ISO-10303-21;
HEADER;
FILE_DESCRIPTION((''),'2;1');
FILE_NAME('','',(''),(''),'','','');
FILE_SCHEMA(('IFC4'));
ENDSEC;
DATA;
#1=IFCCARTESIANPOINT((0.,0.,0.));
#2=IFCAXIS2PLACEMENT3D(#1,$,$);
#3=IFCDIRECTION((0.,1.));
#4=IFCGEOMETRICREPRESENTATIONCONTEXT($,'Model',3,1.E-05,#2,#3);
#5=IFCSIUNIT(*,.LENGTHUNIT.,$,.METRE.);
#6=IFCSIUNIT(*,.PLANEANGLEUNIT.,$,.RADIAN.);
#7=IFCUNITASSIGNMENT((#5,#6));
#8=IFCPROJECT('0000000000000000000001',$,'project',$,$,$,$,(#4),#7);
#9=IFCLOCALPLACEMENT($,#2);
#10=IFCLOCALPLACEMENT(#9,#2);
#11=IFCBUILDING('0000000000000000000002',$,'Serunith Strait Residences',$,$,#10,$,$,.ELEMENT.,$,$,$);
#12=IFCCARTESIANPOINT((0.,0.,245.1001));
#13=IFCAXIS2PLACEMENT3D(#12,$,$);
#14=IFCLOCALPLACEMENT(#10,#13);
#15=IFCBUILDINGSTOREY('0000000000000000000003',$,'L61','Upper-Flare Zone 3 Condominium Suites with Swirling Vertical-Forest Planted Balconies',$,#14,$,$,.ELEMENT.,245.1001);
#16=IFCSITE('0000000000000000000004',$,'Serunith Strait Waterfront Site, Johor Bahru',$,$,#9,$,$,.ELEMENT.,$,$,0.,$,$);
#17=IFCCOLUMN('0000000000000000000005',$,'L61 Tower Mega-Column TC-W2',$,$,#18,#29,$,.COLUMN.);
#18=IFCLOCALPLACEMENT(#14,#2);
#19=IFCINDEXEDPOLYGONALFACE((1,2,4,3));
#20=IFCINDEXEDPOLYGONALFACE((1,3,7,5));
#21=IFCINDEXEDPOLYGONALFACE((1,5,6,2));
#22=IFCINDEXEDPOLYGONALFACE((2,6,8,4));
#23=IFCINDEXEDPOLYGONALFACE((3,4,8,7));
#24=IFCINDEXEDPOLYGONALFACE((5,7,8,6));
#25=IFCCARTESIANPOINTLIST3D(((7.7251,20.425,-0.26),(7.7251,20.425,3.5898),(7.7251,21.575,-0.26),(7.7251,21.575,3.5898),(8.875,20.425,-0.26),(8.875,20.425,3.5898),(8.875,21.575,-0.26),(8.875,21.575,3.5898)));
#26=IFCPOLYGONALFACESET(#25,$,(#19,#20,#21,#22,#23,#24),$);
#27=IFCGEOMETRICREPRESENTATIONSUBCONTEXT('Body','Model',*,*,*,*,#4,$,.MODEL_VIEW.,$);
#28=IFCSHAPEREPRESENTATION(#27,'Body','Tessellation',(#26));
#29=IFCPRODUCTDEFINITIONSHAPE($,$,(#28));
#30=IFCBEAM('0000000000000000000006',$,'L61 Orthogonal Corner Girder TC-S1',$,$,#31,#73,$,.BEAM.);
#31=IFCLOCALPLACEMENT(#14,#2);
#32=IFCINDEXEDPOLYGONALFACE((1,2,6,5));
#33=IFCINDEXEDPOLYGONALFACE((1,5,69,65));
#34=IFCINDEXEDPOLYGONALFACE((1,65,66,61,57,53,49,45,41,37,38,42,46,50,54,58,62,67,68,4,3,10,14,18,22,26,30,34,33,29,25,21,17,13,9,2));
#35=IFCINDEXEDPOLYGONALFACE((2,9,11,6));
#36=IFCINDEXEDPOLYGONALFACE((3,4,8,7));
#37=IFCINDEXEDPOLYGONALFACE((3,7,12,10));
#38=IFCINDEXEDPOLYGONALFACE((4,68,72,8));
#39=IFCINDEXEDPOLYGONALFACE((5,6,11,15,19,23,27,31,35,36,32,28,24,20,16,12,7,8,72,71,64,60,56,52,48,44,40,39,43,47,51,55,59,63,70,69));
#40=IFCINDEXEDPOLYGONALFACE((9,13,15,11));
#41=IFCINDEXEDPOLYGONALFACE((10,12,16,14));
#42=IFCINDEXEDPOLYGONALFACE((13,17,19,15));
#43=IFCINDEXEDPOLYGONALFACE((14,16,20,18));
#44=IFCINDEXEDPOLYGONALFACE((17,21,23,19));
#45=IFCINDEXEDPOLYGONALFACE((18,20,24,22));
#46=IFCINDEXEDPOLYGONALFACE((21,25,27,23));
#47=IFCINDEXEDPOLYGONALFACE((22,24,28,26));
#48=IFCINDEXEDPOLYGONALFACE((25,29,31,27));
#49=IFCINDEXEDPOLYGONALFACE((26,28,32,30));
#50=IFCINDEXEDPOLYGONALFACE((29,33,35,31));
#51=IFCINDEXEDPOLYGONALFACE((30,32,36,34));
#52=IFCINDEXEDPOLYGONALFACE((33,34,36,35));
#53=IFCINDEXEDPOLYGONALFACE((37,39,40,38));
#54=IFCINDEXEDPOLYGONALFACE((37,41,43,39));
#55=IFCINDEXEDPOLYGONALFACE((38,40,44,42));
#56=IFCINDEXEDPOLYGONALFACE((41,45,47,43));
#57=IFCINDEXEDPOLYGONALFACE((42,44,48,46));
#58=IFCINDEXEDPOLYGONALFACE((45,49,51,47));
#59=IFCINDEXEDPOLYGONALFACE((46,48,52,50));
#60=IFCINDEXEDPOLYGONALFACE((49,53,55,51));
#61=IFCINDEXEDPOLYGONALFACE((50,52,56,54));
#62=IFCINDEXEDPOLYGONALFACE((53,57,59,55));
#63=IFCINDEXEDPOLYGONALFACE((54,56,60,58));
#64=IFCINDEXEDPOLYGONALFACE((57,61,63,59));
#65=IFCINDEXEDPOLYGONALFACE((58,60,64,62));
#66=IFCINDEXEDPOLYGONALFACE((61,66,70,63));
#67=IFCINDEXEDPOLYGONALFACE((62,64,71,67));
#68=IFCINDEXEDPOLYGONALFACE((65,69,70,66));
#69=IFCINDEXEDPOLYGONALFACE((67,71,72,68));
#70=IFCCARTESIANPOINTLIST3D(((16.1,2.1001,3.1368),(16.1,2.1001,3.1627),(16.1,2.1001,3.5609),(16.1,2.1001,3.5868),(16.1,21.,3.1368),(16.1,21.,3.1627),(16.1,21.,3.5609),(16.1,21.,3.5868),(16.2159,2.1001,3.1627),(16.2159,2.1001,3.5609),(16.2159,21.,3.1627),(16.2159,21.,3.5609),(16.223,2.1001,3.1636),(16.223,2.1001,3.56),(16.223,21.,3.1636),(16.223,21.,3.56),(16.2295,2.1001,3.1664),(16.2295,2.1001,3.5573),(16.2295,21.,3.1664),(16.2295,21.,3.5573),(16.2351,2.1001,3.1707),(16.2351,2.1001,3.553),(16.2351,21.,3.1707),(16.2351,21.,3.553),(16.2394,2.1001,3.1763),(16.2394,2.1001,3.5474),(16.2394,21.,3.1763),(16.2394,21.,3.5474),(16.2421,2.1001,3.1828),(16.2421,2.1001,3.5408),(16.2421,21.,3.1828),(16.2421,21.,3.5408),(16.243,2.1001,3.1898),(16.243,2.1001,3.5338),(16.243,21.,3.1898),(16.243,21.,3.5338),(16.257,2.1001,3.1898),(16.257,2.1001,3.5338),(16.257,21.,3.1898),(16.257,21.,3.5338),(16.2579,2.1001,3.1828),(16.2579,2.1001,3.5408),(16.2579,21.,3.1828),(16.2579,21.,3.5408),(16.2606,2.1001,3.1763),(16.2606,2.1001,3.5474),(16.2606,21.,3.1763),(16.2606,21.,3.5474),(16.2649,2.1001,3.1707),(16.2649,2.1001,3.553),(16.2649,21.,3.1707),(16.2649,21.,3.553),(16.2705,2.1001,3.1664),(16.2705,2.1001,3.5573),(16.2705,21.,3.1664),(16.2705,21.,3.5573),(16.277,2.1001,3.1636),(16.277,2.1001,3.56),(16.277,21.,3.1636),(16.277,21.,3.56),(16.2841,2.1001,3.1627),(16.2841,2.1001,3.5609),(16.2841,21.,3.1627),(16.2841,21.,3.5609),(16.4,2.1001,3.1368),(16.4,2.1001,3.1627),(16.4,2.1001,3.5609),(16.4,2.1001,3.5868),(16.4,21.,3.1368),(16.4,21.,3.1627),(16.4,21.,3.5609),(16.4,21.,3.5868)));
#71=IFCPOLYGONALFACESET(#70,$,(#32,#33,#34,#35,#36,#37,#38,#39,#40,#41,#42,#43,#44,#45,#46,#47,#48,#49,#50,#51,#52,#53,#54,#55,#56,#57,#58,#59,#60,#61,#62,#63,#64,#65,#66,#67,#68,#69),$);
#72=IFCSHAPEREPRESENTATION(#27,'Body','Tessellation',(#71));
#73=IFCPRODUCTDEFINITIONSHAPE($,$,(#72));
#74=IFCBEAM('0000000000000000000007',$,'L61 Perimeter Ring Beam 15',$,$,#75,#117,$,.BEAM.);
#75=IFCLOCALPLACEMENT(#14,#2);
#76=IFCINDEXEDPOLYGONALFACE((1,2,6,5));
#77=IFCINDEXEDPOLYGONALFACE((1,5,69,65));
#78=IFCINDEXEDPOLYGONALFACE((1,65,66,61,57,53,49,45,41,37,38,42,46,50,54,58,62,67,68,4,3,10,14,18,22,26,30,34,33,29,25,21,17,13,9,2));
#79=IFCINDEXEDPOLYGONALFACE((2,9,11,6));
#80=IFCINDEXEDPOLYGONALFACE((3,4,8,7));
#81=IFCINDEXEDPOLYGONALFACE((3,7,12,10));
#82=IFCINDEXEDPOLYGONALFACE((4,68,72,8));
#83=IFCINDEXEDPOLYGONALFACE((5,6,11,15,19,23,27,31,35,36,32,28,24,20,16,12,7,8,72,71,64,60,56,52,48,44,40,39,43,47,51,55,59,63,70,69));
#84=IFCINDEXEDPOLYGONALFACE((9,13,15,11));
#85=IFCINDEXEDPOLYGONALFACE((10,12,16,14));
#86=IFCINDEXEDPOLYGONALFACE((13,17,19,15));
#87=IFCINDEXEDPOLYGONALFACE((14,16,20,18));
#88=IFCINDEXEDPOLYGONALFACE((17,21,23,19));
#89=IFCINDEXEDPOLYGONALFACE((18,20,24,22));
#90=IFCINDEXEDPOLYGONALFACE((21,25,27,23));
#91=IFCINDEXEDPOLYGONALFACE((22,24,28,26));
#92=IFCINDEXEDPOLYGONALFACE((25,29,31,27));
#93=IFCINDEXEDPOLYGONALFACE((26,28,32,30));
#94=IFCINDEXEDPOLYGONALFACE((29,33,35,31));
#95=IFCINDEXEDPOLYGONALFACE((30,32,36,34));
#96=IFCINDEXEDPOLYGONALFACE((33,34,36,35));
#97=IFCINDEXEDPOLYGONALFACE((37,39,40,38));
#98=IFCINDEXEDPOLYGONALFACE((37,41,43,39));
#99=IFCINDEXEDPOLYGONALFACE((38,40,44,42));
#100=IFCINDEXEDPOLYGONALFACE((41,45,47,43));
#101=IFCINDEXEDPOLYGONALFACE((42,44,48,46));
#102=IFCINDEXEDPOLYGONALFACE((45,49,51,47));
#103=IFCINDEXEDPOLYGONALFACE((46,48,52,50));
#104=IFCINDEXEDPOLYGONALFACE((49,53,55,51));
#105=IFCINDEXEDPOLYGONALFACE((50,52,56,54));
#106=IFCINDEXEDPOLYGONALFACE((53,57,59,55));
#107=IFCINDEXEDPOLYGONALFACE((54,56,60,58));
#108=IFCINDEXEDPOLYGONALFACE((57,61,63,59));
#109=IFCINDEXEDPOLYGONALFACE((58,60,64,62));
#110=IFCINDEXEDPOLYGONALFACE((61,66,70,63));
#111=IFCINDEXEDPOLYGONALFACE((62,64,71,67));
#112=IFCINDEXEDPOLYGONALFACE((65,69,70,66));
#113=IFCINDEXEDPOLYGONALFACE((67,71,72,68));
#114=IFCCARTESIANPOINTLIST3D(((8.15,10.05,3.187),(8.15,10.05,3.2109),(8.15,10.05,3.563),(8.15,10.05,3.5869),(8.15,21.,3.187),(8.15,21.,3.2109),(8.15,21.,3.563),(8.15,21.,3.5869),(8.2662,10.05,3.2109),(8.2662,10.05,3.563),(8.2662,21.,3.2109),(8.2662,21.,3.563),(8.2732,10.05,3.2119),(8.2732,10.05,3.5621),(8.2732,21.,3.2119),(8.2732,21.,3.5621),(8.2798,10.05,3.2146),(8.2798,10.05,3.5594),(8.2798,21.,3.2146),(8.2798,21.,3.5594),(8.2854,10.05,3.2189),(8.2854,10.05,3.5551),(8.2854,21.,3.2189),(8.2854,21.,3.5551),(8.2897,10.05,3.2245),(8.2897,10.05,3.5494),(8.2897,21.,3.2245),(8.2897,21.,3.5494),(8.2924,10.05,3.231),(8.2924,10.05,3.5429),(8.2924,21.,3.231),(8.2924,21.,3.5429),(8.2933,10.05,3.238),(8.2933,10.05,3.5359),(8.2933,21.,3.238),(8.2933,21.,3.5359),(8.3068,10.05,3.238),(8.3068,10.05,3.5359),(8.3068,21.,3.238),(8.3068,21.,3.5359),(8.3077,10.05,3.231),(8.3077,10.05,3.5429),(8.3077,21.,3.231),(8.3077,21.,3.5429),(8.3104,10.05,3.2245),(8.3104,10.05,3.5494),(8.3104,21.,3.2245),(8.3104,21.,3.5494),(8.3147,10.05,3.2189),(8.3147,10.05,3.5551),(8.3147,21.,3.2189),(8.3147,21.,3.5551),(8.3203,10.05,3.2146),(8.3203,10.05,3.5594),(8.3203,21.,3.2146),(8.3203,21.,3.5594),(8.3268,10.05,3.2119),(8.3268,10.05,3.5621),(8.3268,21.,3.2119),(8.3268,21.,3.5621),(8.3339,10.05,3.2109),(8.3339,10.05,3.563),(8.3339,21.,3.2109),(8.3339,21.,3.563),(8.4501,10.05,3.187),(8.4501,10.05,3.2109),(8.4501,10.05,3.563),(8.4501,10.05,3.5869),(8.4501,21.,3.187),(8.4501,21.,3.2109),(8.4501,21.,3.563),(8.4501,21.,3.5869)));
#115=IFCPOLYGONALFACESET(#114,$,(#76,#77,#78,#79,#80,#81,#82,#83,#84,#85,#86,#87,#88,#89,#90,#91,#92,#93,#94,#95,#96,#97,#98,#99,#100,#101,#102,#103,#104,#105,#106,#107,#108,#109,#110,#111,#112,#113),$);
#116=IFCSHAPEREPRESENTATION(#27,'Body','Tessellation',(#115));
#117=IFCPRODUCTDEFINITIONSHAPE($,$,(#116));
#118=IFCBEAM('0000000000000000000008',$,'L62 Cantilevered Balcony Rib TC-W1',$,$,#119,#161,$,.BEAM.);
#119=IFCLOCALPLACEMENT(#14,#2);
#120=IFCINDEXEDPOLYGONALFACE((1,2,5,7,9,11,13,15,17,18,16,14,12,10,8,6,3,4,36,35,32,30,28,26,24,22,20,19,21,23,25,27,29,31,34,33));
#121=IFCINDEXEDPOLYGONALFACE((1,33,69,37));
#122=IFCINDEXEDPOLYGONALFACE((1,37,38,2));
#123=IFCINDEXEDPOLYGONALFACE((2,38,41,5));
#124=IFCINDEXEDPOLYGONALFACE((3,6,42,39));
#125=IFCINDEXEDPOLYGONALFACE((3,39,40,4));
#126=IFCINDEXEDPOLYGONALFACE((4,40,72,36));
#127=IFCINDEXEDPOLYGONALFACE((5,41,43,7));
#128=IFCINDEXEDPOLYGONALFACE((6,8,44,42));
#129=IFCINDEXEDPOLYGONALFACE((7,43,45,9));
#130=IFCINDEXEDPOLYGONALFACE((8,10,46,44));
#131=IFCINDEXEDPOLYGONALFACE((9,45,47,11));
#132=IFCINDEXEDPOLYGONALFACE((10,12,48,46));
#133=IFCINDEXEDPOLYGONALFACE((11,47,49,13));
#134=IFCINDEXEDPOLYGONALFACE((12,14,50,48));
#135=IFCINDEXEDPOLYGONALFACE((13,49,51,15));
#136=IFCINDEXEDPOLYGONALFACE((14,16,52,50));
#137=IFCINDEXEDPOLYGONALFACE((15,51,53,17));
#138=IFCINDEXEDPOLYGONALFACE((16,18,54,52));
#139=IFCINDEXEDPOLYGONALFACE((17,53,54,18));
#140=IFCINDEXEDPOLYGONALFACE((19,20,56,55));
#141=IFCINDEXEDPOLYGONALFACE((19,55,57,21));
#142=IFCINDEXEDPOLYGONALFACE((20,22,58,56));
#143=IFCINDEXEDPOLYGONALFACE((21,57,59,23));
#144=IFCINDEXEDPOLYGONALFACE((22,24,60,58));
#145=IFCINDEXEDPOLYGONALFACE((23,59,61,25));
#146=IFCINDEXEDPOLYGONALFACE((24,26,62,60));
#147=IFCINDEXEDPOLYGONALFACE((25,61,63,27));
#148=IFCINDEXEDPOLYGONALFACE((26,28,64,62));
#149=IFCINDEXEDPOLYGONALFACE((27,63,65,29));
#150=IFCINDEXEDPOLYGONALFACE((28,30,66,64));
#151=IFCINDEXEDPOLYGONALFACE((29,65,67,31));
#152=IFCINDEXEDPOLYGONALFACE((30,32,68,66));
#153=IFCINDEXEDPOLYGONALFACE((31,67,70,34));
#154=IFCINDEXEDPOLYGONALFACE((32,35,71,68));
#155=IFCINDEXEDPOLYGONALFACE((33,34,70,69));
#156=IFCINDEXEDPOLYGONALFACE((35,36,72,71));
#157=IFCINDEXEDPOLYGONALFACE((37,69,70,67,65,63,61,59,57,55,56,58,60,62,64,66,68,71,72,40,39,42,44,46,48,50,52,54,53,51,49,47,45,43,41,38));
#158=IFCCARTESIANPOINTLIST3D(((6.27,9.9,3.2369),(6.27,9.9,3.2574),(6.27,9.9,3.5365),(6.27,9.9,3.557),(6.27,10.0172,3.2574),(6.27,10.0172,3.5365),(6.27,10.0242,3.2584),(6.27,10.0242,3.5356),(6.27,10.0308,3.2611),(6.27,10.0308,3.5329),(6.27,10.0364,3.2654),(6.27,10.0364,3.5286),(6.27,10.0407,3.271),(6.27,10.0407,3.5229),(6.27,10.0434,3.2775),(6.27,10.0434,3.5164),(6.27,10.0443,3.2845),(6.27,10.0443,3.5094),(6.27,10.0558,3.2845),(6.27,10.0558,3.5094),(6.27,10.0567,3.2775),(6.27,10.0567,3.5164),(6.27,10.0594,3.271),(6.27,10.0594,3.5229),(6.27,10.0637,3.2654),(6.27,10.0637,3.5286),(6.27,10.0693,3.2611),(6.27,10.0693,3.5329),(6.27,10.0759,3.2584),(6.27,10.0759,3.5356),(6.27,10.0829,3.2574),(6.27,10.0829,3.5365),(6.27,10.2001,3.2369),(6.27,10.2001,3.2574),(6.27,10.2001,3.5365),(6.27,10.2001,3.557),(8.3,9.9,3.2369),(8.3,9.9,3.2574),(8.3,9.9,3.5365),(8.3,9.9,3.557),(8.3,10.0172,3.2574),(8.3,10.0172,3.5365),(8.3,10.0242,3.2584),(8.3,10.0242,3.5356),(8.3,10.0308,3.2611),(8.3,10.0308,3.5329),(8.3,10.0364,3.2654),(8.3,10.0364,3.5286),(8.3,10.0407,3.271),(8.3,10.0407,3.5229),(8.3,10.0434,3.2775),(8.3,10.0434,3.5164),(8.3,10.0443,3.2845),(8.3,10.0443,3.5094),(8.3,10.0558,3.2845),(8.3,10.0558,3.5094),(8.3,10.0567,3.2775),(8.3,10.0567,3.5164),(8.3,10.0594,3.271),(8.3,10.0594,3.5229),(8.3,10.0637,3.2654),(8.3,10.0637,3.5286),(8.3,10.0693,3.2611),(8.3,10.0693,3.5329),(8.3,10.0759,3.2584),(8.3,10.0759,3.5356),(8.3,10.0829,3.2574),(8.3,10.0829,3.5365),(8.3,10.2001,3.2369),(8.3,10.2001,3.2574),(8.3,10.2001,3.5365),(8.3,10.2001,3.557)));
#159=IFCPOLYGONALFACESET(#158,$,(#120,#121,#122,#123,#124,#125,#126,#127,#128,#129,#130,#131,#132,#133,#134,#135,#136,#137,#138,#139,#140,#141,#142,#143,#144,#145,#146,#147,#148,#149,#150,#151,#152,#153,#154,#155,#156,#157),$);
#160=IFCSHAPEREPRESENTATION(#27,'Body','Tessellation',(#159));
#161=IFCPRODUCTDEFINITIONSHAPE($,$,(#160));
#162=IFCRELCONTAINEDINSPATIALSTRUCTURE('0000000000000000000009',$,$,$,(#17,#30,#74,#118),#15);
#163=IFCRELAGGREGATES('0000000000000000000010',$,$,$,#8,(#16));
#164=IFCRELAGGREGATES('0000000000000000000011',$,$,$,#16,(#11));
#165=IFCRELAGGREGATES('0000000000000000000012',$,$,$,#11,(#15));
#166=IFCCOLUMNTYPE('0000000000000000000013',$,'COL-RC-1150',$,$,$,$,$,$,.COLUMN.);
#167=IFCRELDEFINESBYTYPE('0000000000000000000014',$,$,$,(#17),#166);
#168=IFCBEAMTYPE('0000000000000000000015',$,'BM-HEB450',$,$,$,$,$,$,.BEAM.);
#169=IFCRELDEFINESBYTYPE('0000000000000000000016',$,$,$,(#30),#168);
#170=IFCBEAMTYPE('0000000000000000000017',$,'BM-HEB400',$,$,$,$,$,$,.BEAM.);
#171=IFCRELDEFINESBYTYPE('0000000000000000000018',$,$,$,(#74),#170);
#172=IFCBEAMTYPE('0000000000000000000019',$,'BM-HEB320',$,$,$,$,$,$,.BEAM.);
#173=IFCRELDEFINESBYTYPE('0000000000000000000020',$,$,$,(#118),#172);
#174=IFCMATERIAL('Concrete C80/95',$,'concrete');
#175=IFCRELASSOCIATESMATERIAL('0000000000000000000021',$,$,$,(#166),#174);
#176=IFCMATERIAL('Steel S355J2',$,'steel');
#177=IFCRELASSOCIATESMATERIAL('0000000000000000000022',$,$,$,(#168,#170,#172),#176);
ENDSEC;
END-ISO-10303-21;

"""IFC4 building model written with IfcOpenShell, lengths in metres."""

from ifc_helpers import new_model, si_unit, direction, frame, origin, origin_2d, place, context, subcontext, project, spatial, rectangle, i_section, extrude, source, transform, mapped, material, material_profile, profile_set, type_object, element, save


model = new_model("IFC4")

# Units and contexts
model_context = context("Model", 3, precision=1e-05, world=origin(), true_north=direction((0.0, 1.0)))
body_context = subcontext(model_context, "Body", "Model", "MODEL_VIEW")
ifc_project = project(units=[si_unit("LENGTHUNIT", "METRE"), si_unit("PLANEANGLEUNIT", "RADIAN")], contexts=[model_context])

# Site, building, storey
site_placement = place(None, origin())
site = spatial("IfcSite", under=ifc_project, at=site_placement, Name="Serunith Strait Waterfront Site, Johor Bahru", CompositionType="ELEMENT", RefElevation=0.0)
building_placement = place(site_placement, origin())
building = spatial("IfcBuilding", under=site, at=building_placement, Name="Serunith Strait Residences", CompositionType="ELEMENT")
storey_placement = place(building_placement, frame((0.0, 0.0, 245.1001)))
storey = spatial("IfcBuildingStorey", under=building, at=storey_placement, Name="L61", Description="Upper-Flare Zone 3 Condominium Suites with Swirling Vertical-Forest Planted Balconies", CompositionType="ELEMENT", Elevation=245.1001)

# Column
ifc_material_1 = material(Name="Concrete C80/95", Category="concrete")
ifc_material_profile_1 = material_profile(ifc_material_1, rectangle(XDim=1.1499, YDim=1.1499, at=origin_2d()), Name="RC 1150x1150")
ifc_profile_set_1 = profile_set([ifc_material_profile_1], Name="Concrete C80/95")
column_type = type_object("IfcColumnType", Name="COL-RC-1150", PredefinedType="COLUMN", material=ifc_profile_set_1)
shared_shape_1 = source(origin(), body_context, "Body", "SweptSolid", [
    extrude(rectangle(XDim=1.1499, YDim=1.1499, at=origin_2d()), origin(), (0.0, 0.0, 1.0), 3.8499),
])
column_placement = place(storey_placement, frame((8.3, 21.0, -0.26), z_axis=(0.0, 0.0, 1.0), x_axis=(1.0, 0.0, 0.0)))
element("IfcColumn", 1, at=column_placement, inside=storey, type_object=column_type, Name="L61 Tower Mega-Column TC-W2", PredefinedType="COLUMN", context=body_context, shape_type="MappedRepresentation", body=[
    mapped(shared_shape_1, transform((0.0, 0.0, 0.0), scale=1.0)),
])

# Beams
ifc_material_2 = material(Name="Steel S355J2", Category="steel")
ifc_material_profile_2 = material_profile(ifc_material_2, i_section(OverallWidth=0.3, OverallDepth=0.45, WebThickness=0.0139, FlangeThickness=0.0259, FilletRadius=0.0271, at=origin_2d()), Name="HEB 450")
ifc_profile_set_2 = profile_set([ifc_material_profile_2], Name="Steel S355J2")
beam_type_1 = type_object("IfcBeamType", Name="BM-HEB450", PredefinedType="BEAM", material=ifc_profile_set_2)
shared_shape_2 = source(origin(), body_context, "Body", "SweptSolid", [
    extrude(i_section(OverallWidth=0.3, OverallDepth=0.45, WebThickness=0.0139, FlangeThickness=0.0259, FilletRadius=0.0271, at=origin_2d()), origin(), (0.0, 0.0, 1.0), 18.8999),
])
beam_1_placement = place(storey_placement, frame((16.25, 21.0, 3.3618), z_axis=(0.0, -1.0, 0.0), x_axis=(1.0, 0.0, 0.0)))
element("IfcBeam", 2, at=beam_1_placement, inside=storey, type_object=beam_type_1, Name="L61 Orthogonal Corner Girder TC-S1", PredefinedType="BEAM", context=body_context, shape_type="MappedRepresentation", body=[
    mapped(shared_shape_2, transform((0.0, 0.0, 0.0), scale=1.0)),
])
ifc_material_profile_3 = material_profile(ifc_material_2, i_section(OverallWidth=0.3, OverallDepth=0.3999, WebThickness=0.0134, FlangeThickness=0.0239, FilletRadius=0.0271, at=origin_2d()), Name="HEB 400")
ifc_profile_set_3 = profile_set([ifc_material_profile_3], Name="Steel S355J2")
beam_type_2 = type_object("IfcBeamType", Name="BM-HEB400", PredefinedType="BEAM", material=ifc_profile_set_3)
shared_shape_3 = source(origin(), body_context, "Body", "SweptSolid", [
    extrude(i_section(OverallWidth=0.3, OverallDepth=0.3999, WebThickness=0.0134, FlangeThickness=0.0239, FilletRadius=0.0271, at=origin_2d()), origin(), (0.0, 0.0, 1.0), 10.95),
])
beam_2_placement = place(storey_placement, frame((8.3, 21.0, 3.387), z_axis=(0.0, -1.0, 0.0), x_axis=(1.0, 0.0, 0.0)))
element("IfcBeam", 3, at=beam_2_placement, inside=storey, type_object=beam_type_2, Name="L61 Perimeter Ring Beam 15", PredefinedType="BEAM", context=body_context, shape_type="MappedRepresentation", body=[
    mapped(shared_shape_3, transform((0.0, 0.0, 0.0), scale=1.0)),
])
ifc_material_profile_4 = material_profile(ifc_material_2, i_section(OverallWidth=0.3, OverallDepth=0.3201, WebThickness=0.0115, FlangeThickness=0.0205, FilletRadius=0.0271, at=origin_2d()), Name="HEB 320")
ifc_profile_set_4 = profile_set([ifc_material_profile_4], Name="Steel S355J2")
beam_type_3 = type_object("IfcBeamType", Name="BM-HEB320", PredefinedType="BEAM", material=ifc_profile_set_4)
shared_shape_4 = source(origin(), body_context, "Body", "SweptSolid", [
    extrude(i_section(OverallWidth=0.3, OverallDepth=0.3201, WebThickness=0.0115, FlangeThickness=0.0205, FilletRadius=0.0271, at=origin_2d()), origin(), (0.0, 0.0, 1.0), 2.03),
])
for number, where, z_axis, x_axis, name in (
    (4, (8.3, 10.05, 3.397), (-1.0, 0.0, 0.0), (0.0, -1.0, 0.0), "L62 Cantilevered Balcony Rib TC-W1"),
):
    element("IfcBeam", number, at=place(storey_placement, frame(where, z_axis=z_axis, x_axis=x_axis)), inside=storey, type_object=beam_type_3, Name=name, PredefinedType="BEAM", context=body_context, shape_type="MappedRepresentation", body=[
        mapped(shared_shape_4, transform((0.0, 0.0, 0.0), scale=1.0)),
    ])

save(model, "model.ifc")
